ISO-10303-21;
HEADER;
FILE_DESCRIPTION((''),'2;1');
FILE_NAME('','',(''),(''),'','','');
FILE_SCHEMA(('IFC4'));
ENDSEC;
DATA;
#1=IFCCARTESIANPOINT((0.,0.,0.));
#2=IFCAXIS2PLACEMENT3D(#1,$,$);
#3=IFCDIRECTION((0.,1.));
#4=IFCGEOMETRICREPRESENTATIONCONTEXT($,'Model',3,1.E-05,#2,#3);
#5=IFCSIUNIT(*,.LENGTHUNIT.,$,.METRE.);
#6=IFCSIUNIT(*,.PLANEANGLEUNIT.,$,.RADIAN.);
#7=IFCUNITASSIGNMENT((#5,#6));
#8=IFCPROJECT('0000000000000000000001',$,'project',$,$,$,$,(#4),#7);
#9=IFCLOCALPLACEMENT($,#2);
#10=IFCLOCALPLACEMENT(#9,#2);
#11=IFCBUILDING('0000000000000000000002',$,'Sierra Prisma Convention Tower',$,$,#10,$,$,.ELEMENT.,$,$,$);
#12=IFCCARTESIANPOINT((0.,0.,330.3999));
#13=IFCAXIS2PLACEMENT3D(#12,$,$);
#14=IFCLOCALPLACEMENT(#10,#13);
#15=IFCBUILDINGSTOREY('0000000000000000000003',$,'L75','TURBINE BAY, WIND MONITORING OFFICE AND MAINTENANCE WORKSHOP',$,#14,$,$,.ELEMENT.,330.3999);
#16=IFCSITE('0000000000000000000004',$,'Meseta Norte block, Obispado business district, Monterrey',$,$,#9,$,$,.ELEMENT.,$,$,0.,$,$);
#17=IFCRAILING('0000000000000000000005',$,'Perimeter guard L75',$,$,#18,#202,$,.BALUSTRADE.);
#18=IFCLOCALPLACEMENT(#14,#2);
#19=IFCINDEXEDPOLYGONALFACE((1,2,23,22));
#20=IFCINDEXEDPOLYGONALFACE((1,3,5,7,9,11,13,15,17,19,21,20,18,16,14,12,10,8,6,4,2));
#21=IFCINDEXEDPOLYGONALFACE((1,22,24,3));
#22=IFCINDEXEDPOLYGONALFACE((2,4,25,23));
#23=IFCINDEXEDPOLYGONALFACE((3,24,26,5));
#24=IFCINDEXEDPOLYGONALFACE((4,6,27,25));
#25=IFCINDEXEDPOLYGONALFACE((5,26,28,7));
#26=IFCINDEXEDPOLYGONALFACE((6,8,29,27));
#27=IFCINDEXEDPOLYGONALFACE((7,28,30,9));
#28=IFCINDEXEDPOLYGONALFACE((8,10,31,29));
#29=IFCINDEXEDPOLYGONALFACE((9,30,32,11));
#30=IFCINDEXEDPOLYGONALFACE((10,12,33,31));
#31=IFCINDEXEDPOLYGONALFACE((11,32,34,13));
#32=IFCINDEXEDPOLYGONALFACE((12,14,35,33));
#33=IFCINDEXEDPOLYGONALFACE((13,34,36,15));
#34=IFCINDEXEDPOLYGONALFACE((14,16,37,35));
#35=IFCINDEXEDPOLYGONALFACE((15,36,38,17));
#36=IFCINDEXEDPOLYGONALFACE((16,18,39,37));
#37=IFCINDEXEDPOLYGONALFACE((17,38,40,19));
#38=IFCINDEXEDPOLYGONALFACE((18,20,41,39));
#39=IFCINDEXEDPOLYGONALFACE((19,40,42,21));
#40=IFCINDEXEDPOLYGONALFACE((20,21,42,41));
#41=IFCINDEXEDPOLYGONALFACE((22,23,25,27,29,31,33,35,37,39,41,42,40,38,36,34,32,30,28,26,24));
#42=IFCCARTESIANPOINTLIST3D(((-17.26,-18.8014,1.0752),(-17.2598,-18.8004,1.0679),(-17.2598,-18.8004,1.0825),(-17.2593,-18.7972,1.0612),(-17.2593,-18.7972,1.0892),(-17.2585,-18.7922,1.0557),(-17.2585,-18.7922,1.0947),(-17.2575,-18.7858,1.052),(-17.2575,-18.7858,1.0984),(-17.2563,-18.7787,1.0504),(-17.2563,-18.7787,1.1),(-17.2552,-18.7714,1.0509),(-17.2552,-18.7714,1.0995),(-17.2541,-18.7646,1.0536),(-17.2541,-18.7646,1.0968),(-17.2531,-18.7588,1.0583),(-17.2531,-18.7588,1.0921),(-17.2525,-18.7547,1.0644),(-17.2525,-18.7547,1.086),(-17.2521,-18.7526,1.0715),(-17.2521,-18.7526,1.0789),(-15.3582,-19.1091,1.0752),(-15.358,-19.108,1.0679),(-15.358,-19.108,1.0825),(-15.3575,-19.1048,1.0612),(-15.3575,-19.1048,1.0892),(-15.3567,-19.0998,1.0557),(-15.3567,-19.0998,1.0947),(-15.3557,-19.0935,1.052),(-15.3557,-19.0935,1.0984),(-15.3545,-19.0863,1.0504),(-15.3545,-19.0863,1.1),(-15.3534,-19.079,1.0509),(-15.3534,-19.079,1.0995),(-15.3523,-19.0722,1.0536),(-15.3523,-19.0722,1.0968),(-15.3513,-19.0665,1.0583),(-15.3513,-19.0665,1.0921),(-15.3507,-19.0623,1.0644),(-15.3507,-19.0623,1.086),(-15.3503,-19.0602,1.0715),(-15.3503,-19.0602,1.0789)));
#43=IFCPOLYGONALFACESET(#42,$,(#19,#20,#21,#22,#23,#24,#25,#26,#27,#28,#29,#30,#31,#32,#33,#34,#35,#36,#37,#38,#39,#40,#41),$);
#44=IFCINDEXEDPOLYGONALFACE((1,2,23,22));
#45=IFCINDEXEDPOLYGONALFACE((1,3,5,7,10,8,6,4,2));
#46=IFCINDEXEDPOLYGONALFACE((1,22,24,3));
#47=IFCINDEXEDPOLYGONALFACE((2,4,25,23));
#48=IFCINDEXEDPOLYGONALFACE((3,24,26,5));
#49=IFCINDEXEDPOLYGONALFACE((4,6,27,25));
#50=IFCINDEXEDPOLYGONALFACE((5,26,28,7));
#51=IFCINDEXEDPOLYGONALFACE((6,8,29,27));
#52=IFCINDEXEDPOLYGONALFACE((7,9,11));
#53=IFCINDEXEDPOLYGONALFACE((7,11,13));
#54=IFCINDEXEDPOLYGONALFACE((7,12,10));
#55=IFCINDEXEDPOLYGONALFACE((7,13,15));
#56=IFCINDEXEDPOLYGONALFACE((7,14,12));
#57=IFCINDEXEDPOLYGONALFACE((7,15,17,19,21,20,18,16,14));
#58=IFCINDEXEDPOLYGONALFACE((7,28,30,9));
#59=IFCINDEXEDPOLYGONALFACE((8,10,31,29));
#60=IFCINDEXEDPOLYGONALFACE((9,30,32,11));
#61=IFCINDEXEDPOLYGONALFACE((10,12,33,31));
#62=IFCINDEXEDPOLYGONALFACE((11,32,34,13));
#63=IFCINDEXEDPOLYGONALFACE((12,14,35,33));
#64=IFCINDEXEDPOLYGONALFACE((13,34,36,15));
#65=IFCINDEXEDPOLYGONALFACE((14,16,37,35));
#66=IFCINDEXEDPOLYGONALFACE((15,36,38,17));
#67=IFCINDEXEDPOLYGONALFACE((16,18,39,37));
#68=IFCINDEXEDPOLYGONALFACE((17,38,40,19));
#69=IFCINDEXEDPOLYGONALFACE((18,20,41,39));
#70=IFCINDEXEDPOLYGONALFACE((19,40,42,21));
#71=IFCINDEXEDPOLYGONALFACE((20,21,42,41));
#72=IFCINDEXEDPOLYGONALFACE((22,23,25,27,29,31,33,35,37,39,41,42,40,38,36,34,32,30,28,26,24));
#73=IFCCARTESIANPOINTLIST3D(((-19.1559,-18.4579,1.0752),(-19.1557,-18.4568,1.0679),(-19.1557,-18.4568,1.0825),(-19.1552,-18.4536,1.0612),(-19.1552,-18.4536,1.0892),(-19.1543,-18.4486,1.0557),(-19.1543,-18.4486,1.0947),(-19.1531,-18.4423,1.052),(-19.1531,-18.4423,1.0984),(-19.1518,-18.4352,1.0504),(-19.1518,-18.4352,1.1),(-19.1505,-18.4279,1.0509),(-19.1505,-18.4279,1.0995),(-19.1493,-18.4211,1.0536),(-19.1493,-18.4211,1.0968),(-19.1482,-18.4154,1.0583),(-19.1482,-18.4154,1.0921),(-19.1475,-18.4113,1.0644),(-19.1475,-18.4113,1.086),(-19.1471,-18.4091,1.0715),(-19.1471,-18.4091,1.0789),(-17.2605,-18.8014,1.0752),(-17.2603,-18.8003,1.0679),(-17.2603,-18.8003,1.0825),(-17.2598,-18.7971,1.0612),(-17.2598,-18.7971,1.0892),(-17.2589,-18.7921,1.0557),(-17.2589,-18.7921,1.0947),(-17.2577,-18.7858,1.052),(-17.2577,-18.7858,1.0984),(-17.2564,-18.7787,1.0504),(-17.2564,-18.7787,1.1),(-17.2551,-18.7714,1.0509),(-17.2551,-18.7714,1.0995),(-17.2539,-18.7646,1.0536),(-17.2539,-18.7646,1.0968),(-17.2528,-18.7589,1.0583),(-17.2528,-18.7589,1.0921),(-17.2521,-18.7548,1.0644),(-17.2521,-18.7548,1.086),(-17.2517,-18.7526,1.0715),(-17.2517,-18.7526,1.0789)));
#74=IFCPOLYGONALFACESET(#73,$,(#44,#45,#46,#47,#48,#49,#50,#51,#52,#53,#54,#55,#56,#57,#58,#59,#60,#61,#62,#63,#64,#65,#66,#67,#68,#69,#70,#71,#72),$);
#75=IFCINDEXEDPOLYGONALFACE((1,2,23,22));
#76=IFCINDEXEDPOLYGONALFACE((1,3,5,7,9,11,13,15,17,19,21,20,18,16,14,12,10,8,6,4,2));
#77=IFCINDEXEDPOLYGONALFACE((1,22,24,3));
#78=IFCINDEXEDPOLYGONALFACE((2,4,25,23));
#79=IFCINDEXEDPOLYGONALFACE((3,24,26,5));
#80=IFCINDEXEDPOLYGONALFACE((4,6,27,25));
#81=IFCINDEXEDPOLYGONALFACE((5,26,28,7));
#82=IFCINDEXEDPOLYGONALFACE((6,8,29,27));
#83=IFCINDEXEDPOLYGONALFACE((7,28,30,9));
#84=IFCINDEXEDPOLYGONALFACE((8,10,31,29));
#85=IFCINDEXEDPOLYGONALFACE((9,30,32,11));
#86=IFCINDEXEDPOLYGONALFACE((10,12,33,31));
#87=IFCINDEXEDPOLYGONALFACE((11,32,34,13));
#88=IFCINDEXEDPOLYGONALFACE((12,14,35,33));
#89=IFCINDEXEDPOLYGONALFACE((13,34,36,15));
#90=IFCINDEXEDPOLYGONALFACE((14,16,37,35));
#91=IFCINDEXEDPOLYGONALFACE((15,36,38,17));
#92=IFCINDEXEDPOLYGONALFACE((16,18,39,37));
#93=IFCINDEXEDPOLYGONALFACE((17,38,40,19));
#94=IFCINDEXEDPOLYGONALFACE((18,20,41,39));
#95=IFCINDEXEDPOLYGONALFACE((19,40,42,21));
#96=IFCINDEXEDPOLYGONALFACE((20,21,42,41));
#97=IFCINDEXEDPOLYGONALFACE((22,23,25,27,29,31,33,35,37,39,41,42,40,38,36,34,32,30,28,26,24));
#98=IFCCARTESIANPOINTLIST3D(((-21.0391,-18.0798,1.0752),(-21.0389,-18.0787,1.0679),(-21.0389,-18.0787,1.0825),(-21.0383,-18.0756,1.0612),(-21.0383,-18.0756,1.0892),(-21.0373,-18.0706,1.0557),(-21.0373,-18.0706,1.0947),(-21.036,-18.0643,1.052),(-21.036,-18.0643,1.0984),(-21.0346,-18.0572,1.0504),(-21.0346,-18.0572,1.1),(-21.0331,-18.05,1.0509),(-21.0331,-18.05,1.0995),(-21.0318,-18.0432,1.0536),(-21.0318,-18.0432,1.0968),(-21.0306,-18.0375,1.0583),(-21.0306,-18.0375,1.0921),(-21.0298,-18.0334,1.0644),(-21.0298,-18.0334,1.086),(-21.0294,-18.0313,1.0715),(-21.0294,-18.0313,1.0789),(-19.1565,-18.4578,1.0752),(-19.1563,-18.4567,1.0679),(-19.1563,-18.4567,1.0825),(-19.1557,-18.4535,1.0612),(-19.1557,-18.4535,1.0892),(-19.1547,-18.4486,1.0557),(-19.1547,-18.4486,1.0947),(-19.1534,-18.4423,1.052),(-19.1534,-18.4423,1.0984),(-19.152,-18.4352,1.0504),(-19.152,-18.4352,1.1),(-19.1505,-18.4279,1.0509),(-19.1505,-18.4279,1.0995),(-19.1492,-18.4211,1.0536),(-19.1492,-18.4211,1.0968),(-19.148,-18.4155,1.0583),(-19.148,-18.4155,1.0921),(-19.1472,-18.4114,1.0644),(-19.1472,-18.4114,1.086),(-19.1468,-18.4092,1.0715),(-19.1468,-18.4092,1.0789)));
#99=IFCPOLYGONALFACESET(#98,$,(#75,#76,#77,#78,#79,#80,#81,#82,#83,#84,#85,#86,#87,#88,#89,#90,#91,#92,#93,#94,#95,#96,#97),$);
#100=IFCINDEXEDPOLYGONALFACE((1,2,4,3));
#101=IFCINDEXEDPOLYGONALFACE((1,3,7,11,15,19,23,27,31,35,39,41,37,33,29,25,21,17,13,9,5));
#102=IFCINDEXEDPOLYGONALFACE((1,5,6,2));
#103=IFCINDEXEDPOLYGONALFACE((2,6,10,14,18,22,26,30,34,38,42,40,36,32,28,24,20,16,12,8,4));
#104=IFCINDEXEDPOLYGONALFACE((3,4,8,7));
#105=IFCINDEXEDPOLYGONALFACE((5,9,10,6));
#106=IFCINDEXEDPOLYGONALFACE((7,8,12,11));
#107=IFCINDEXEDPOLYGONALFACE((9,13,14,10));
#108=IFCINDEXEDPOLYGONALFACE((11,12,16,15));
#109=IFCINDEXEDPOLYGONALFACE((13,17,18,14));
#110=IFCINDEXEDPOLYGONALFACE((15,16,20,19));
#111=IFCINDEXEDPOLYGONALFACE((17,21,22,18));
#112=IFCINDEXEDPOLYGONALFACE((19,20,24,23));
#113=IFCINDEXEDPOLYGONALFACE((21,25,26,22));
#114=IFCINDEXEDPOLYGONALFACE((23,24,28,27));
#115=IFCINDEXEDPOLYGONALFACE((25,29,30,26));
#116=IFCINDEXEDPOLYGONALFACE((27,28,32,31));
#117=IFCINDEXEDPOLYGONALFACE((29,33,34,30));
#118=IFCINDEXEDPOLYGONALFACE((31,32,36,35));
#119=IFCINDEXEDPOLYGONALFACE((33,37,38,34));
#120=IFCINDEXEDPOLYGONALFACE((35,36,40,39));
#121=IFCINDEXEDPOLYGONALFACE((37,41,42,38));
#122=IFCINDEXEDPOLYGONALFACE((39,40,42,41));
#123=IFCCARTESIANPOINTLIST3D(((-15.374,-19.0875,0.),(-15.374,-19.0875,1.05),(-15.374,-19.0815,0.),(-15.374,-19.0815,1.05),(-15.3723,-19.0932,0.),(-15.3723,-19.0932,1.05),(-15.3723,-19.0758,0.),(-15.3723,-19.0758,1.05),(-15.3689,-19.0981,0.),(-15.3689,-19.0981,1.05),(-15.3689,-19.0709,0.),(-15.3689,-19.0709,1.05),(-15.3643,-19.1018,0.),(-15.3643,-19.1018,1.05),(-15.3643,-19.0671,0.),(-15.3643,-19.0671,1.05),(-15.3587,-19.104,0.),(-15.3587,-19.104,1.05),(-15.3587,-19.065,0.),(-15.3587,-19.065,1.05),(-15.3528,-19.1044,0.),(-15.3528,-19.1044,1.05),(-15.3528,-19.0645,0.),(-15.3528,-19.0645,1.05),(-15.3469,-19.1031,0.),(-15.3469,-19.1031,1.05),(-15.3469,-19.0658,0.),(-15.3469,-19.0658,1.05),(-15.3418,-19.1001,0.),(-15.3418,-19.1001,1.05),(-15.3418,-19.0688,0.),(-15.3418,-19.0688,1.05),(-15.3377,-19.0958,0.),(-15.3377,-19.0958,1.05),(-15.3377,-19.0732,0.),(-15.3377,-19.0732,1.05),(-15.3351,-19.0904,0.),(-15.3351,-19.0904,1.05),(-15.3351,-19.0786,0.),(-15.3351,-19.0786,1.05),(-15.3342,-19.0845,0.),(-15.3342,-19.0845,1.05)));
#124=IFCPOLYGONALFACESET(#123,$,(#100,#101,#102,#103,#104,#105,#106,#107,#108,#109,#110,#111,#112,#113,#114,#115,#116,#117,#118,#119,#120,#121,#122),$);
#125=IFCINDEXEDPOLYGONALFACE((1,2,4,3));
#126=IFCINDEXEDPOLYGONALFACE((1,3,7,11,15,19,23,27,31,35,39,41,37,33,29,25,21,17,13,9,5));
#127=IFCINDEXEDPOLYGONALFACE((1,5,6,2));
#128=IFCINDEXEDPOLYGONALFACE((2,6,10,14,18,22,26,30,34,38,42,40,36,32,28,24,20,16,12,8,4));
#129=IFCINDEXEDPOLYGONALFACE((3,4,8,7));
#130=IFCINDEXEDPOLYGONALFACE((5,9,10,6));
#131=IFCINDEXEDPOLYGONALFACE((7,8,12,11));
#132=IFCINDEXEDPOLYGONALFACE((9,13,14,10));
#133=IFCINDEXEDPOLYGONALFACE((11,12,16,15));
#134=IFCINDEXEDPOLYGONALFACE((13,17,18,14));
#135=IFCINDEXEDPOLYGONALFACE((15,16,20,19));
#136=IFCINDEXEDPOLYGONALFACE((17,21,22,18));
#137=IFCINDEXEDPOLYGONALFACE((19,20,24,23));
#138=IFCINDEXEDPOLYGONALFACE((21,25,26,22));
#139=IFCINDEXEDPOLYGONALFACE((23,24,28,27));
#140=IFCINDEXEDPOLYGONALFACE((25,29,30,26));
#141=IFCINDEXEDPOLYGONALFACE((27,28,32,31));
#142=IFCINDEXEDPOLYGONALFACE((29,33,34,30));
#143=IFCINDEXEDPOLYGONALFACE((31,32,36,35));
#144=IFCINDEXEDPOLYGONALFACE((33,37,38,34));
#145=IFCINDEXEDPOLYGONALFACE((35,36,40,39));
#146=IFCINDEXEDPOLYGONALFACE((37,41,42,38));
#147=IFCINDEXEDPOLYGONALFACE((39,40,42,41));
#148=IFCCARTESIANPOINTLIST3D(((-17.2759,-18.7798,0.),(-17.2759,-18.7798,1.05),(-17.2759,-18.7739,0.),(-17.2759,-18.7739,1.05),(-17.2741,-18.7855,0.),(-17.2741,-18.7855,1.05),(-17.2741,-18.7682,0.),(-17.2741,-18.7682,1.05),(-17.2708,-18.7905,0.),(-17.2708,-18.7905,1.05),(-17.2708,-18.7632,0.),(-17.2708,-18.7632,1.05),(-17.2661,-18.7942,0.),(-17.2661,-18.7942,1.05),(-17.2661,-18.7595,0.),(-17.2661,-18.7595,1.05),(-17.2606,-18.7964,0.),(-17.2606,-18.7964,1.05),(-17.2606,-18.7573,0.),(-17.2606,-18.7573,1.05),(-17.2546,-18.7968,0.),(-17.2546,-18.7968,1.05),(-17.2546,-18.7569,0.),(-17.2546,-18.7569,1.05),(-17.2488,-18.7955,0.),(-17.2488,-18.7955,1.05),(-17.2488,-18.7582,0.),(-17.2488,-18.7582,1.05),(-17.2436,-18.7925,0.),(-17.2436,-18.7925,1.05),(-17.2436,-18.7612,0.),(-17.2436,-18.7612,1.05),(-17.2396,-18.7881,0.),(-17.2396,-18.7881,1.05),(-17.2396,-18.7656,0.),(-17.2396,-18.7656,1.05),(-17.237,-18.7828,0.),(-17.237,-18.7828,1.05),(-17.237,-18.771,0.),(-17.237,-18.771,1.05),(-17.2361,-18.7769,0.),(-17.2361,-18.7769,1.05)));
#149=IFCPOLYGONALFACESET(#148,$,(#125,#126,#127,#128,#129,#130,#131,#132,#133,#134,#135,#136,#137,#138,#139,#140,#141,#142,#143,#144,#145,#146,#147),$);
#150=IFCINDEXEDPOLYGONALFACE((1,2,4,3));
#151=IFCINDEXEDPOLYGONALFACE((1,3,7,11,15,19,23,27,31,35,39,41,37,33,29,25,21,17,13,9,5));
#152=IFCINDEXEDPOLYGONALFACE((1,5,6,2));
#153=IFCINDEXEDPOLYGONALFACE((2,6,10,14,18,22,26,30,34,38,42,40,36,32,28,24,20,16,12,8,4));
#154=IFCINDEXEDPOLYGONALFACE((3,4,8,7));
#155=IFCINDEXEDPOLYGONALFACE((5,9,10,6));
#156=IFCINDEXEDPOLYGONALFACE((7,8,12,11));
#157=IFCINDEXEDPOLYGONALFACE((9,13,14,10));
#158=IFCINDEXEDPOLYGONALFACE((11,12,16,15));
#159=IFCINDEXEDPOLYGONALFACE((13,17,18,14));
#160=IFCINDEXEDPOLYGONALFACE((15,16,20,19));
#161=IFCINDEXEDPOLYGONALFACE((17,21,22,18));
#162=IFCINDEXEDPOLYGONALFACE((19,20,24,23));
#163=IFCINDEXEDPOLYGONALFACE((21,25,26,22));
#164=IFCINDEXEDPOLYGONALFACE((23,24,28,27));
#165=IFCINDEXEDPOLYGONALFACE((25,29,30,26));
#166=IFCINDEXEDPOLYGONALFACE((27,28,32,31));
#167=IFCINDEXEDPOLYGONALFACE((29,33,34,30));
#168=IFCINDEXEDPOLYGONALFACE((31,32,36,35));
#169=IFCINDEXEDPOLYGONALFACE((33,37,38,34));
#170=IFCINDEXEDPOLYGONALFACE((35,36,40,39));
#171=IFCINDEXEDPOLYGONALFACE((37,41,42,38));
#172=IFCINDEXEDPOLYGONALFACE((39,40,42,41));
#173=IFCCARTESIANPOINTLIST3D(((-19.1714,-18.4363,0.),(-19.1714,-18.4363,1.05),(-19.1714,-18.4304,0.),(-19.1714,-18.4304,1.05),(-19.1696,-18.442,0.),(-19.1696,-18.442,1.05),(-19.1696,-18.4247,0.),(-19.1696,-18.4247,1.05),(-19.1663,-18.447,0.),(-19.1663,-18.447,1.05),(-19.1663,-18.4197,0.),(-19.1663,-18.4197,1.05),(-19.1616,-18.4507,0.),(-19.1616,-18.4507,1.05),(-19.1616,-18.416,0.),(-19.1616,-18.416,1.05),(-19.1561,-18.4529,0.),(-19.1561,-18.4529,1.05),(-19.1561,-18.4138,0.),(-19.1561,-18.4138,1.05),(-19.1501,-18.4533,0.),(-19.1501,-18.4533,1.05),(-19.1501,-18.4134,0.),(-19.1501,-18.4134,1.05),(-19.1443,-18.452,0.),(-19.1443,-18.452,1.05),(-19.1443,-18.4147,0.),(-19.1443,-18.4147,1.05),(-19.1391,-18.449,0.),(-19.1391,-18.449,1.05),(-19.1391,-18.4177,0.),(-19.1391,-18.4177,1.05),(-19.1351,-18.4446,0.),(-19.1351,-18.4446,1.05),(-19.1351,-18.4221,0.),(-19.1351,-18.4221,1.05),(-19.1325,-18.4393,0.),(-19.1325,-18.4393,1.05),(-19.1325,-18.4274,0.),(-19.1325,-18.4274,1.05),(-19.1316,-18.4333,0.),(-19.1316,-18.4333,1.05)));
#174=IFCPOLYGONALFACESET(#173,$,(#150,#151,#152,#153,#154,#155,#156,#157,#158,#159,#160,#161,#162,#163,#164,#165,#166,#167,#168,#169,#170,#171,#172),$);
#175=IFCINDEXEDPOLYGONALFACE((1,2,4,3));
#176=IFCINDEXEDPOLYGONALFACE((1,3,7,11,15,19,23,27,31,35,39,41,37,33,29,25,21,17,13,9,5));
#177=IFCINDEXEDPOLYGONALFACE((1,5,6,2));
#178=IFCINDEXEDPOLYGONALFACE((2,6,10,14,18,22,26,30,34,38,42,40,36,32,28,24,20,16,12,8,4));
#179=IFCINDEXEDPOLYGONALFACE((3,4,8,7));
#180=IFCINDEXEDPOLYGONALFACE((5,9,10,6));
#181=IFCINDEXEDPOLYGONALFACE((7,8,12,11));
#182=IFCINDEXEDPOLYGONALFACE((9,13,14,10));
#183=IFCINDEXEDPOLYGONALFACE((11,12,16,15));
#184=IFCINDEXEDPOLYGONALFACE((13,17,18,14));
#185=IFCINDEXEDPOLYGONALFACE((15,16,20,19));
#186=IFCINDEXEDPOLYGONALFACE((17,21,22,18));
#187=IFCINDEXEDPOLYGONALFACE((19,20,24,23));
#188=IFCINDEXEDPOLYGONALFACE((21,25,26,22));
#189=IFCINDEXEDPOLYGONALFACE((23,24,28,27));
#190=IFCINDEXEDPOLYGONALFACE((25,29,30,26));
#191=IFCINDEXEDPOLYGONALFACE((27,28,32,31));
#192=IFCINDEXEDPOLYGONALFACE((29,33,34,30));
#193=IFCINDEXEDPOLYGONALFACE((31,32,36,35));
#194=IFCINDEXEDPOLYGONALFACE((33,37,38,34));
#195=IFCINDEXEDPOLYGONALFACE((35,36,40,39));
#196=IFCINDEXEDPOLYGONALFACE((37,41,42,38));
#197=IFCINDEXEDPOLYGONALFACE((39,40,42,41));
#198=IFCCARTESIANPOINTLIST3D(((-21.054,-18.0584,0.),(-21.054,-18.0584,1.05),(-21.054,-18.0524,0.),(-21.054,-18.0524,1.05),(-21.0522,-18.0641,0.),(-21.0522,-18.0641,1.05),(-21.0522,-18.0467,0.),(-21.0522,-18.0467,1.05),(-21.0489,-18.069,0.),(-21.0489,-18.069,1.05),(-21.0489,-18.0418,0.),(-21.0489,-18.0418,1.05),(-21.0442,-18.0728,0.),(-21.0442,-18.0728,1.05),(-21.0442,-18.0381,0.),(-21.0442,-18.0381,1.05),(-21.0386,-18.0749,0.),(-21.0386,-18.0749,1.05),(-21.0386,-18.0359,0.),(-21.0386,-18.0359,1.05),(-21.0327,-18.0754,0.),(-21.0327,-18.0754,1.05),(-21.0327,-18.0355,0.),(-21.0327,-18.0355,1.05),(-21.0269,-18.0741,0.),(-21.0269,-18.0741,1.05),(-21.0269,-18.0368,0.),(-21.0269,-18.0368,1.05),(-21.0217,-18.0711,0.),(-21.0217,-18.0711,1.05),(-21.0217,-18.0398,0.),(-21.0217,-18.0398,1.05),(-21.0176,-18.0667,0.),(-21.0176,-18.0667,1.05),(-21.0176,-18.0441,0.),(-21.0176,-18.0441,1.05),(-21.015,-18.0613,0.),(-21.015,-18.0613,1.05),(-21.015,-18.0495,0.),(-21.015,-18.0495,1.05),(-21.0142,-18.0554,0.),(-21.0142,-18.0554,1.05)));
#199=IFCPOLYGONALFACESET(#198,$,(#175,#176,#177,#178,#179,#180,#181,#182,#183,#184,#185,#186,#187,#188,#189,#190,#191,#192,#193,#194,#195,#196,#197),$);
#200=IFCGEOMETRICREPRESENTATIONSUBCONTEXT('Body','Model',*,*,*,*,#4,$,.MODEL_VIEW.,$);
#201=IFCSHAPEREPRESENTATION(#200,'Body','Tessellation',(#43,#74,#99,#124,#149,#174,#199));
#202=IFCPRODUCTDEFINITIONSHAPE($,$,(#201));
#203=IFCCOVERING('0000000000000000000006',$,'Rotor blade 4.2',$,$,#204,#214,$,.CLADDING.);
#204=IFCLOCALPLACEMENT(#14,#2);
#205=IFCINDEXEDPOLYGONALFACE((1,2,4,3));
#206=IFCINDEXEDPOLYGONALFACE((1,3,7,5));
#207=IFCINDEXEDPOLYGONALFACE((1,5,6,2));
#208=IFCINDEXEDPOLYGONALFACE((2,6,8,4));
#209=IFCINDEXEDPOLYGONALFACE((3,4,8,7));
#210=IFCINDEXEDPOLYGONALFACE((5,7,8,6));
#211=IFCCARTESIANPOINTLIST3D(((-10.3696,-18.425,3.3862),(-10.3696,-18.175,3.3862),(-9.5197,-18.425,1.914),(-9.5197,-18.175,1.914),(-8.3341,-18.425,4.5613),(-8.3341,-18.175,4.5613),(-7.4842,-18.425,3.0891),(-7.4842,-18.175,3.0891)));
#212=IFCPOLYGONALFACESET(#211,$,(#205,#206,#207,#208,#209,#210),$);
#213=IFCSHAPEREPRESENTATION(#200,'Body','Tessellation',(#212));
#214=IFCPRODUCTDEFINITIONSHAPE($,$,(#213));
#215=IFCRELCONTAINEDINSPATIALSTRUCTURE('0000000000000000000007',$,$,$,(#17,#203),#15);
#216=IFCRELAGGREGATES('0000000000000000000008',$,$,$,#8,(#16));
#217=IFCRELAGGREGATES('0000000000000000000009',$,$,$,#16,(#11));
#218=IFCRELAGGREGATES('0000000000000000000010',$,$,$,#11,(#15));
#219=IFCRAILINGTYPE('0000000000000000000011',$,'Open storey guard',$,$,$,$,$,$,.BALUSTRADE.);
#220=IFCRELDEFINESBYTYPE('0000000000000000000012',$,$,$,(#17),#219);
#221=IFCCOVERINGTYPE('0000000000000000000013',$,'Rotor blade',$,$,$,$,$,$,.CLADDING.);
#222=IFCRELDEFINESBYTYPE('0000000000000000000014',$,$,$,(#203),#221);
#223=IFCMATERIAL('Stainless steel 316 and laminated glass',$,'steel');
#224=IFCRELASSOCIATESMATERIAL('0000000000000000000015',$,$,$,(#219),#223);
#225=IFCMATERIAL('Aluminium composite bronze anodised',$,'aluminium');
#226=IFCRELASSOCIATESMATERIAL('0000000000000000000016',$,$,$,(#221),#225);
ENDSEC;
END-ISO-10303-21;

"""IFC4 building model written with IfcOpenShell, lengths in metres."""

from ifc_helpers import new_model, si_unit, direction, frame, origin, origin_2d, place, context, subcontext, project, spatial, rectangle, circle, extrude, material, material_profile, profile_set, type_object, element, save


model = new_model("IFC4")

# Units and contexts
model_context = context("Model", 3, precision=1e-05, world=origin(), true_north=direction((0.0, 1.0)))
body_context = subcontext(model_context, "Body", "Model", "MODEL_VIEW")
ifc_project = project(units=[si_unit("LENGTHUNIT", "METRE"), si_unit("PLANEANGLEUNIT", "RADIAN")], contexts=[model_context])

# Site, building, storey
site_placement = place(None, origin())
site = spatial("IfcSite", under=ifc_project, at=site_placement, Name="Meseta Norte block, Obispado business district, Monterrey", CompositionType="ELEMENT", RefElevation=0.0)
building_placement = place(site_placement, origin())
building = spatial("IfcBuilding", under=site, at=building_placement, Name="Sierra Prisma Convention Tower", CompositionType="ELEMENT")
storey_placement = place(building_placement, frame((0.0, 0.0, 330.3999)))
storey = spatial("IfcBuildingStorey", under=building, at=storey_placement, Name="L75", Description="TURBINE BAY, WIND MONITORING OFFICE AND MAINTENANCE WORKSHOP", CompositionType="ELEMENT", Elevation=330.3999)

# Railing
ifc_material_1 = material(Name="Stainless steel 316 and laminated glass", Category="steel")
railing_type = type_object("IfcRailingType", Name="Open storey guard", PredefinedType="BALUSTRADE", material=ifc_material_1)
railing_1_placement = place(storey_placement, frame((-15.3542, -19.0845, 0.0)))
element("IfcRailing", 1, at=railing_1_placement, inside=storey, type_object=railing_type, Name="Perimeter guard L75", PredefinedType="BALUSTRADE", context=body_context, shape_type="SweptSolid", body=[
    extrude(circle(Radius=0.0249, at=origin_2d()), frame((0.0, 0.0, 1.0752), z_axis=(-0.98717, 0.159671, 0.0), x_axis=(-0.159671, -0.98717, 0.0)), (0.0, 0.0, 1.0), 1.9265),
    extrude(circle(Radius=0.0249, at=origin_2d()), frame((-1.9019, 0.3076, 1.0752), z_axis=(-0.983973, 0.178317, 0.0), x_axis=(-0.178317, -0.983973, 0.0)), (0.0, 0.0, 1.0), 1.9263),
    extrude(circle(Radius=0.0249, at=origin_2d()), frame((-3.7974, 0.6511, 1.0752), z_axis=(-0.980439, 0.196825, 0.0), x_axis=(-0.196825, -0.980439, 0.0)), (0.0, 0.0, 1.0), 1.9202),
    extrude(circle(Radius=0.02, at=origin_2d()), origin(), (0.0, 0.0, 1.0), 1.05),
    extrude(circle(Radius=0.02, at=origin_2d()), frame((-1.9019, 0.3076, 0.0)), (0.0, 0.0, 1.0), 1.05),
    extrude(circle(Radius=0.02, at=origin_2d()), frame((-3.7974, 0.6511, 0.0)), (0.0, 0.0, 1.0), 1.05),
    extrude(circle(Radius=0.02, at=origin_2d()), frame((-5.6799, 1.0291, 0.0)), (0.0, 0.0, 1.0), 1.05),
])

# Covering
ifc_material_2 = material(Name="Aluminium composite bronze anodised", Category="aluminium")
ifc_material_profile_1 = material_profile(ifc_material_2, rectangle(XDim=0.25, YDim=1.7, at=origin_2d()), Name="ROTOR BLADE 250x1700")
ifc_profile_set_1 = profile_set([ifc_material_profile_1], Name="Aluminium composite bronze anodised")
covering_type = type_object("IfcCoveringType", Name="Rotor blade", PredefinedType="CLADDING", material=ifc_profile_set_1)
covering_placement = place(storey_placement, frame((-7.9092, -18.3, 3.8252), z_axis=(-0.866042, 0.0, -0.499971), x_axis=(0.0, -1.0, 0.0)))
element("IfcCovering", 2, at=covering_placement, inside=storey, type_object=covering_type, Name="Rotor blade 4.2", PredefinedType="CLADDING", context=body_context, shape_type="SweptSolid", body=[
    extrude(rectangle(XDim=0.25, YDim=1.7, at=origin_2d()), origin(), (0.0, 0.0, 1.0), 2.3503),
])

save(model, "model.ifc")
